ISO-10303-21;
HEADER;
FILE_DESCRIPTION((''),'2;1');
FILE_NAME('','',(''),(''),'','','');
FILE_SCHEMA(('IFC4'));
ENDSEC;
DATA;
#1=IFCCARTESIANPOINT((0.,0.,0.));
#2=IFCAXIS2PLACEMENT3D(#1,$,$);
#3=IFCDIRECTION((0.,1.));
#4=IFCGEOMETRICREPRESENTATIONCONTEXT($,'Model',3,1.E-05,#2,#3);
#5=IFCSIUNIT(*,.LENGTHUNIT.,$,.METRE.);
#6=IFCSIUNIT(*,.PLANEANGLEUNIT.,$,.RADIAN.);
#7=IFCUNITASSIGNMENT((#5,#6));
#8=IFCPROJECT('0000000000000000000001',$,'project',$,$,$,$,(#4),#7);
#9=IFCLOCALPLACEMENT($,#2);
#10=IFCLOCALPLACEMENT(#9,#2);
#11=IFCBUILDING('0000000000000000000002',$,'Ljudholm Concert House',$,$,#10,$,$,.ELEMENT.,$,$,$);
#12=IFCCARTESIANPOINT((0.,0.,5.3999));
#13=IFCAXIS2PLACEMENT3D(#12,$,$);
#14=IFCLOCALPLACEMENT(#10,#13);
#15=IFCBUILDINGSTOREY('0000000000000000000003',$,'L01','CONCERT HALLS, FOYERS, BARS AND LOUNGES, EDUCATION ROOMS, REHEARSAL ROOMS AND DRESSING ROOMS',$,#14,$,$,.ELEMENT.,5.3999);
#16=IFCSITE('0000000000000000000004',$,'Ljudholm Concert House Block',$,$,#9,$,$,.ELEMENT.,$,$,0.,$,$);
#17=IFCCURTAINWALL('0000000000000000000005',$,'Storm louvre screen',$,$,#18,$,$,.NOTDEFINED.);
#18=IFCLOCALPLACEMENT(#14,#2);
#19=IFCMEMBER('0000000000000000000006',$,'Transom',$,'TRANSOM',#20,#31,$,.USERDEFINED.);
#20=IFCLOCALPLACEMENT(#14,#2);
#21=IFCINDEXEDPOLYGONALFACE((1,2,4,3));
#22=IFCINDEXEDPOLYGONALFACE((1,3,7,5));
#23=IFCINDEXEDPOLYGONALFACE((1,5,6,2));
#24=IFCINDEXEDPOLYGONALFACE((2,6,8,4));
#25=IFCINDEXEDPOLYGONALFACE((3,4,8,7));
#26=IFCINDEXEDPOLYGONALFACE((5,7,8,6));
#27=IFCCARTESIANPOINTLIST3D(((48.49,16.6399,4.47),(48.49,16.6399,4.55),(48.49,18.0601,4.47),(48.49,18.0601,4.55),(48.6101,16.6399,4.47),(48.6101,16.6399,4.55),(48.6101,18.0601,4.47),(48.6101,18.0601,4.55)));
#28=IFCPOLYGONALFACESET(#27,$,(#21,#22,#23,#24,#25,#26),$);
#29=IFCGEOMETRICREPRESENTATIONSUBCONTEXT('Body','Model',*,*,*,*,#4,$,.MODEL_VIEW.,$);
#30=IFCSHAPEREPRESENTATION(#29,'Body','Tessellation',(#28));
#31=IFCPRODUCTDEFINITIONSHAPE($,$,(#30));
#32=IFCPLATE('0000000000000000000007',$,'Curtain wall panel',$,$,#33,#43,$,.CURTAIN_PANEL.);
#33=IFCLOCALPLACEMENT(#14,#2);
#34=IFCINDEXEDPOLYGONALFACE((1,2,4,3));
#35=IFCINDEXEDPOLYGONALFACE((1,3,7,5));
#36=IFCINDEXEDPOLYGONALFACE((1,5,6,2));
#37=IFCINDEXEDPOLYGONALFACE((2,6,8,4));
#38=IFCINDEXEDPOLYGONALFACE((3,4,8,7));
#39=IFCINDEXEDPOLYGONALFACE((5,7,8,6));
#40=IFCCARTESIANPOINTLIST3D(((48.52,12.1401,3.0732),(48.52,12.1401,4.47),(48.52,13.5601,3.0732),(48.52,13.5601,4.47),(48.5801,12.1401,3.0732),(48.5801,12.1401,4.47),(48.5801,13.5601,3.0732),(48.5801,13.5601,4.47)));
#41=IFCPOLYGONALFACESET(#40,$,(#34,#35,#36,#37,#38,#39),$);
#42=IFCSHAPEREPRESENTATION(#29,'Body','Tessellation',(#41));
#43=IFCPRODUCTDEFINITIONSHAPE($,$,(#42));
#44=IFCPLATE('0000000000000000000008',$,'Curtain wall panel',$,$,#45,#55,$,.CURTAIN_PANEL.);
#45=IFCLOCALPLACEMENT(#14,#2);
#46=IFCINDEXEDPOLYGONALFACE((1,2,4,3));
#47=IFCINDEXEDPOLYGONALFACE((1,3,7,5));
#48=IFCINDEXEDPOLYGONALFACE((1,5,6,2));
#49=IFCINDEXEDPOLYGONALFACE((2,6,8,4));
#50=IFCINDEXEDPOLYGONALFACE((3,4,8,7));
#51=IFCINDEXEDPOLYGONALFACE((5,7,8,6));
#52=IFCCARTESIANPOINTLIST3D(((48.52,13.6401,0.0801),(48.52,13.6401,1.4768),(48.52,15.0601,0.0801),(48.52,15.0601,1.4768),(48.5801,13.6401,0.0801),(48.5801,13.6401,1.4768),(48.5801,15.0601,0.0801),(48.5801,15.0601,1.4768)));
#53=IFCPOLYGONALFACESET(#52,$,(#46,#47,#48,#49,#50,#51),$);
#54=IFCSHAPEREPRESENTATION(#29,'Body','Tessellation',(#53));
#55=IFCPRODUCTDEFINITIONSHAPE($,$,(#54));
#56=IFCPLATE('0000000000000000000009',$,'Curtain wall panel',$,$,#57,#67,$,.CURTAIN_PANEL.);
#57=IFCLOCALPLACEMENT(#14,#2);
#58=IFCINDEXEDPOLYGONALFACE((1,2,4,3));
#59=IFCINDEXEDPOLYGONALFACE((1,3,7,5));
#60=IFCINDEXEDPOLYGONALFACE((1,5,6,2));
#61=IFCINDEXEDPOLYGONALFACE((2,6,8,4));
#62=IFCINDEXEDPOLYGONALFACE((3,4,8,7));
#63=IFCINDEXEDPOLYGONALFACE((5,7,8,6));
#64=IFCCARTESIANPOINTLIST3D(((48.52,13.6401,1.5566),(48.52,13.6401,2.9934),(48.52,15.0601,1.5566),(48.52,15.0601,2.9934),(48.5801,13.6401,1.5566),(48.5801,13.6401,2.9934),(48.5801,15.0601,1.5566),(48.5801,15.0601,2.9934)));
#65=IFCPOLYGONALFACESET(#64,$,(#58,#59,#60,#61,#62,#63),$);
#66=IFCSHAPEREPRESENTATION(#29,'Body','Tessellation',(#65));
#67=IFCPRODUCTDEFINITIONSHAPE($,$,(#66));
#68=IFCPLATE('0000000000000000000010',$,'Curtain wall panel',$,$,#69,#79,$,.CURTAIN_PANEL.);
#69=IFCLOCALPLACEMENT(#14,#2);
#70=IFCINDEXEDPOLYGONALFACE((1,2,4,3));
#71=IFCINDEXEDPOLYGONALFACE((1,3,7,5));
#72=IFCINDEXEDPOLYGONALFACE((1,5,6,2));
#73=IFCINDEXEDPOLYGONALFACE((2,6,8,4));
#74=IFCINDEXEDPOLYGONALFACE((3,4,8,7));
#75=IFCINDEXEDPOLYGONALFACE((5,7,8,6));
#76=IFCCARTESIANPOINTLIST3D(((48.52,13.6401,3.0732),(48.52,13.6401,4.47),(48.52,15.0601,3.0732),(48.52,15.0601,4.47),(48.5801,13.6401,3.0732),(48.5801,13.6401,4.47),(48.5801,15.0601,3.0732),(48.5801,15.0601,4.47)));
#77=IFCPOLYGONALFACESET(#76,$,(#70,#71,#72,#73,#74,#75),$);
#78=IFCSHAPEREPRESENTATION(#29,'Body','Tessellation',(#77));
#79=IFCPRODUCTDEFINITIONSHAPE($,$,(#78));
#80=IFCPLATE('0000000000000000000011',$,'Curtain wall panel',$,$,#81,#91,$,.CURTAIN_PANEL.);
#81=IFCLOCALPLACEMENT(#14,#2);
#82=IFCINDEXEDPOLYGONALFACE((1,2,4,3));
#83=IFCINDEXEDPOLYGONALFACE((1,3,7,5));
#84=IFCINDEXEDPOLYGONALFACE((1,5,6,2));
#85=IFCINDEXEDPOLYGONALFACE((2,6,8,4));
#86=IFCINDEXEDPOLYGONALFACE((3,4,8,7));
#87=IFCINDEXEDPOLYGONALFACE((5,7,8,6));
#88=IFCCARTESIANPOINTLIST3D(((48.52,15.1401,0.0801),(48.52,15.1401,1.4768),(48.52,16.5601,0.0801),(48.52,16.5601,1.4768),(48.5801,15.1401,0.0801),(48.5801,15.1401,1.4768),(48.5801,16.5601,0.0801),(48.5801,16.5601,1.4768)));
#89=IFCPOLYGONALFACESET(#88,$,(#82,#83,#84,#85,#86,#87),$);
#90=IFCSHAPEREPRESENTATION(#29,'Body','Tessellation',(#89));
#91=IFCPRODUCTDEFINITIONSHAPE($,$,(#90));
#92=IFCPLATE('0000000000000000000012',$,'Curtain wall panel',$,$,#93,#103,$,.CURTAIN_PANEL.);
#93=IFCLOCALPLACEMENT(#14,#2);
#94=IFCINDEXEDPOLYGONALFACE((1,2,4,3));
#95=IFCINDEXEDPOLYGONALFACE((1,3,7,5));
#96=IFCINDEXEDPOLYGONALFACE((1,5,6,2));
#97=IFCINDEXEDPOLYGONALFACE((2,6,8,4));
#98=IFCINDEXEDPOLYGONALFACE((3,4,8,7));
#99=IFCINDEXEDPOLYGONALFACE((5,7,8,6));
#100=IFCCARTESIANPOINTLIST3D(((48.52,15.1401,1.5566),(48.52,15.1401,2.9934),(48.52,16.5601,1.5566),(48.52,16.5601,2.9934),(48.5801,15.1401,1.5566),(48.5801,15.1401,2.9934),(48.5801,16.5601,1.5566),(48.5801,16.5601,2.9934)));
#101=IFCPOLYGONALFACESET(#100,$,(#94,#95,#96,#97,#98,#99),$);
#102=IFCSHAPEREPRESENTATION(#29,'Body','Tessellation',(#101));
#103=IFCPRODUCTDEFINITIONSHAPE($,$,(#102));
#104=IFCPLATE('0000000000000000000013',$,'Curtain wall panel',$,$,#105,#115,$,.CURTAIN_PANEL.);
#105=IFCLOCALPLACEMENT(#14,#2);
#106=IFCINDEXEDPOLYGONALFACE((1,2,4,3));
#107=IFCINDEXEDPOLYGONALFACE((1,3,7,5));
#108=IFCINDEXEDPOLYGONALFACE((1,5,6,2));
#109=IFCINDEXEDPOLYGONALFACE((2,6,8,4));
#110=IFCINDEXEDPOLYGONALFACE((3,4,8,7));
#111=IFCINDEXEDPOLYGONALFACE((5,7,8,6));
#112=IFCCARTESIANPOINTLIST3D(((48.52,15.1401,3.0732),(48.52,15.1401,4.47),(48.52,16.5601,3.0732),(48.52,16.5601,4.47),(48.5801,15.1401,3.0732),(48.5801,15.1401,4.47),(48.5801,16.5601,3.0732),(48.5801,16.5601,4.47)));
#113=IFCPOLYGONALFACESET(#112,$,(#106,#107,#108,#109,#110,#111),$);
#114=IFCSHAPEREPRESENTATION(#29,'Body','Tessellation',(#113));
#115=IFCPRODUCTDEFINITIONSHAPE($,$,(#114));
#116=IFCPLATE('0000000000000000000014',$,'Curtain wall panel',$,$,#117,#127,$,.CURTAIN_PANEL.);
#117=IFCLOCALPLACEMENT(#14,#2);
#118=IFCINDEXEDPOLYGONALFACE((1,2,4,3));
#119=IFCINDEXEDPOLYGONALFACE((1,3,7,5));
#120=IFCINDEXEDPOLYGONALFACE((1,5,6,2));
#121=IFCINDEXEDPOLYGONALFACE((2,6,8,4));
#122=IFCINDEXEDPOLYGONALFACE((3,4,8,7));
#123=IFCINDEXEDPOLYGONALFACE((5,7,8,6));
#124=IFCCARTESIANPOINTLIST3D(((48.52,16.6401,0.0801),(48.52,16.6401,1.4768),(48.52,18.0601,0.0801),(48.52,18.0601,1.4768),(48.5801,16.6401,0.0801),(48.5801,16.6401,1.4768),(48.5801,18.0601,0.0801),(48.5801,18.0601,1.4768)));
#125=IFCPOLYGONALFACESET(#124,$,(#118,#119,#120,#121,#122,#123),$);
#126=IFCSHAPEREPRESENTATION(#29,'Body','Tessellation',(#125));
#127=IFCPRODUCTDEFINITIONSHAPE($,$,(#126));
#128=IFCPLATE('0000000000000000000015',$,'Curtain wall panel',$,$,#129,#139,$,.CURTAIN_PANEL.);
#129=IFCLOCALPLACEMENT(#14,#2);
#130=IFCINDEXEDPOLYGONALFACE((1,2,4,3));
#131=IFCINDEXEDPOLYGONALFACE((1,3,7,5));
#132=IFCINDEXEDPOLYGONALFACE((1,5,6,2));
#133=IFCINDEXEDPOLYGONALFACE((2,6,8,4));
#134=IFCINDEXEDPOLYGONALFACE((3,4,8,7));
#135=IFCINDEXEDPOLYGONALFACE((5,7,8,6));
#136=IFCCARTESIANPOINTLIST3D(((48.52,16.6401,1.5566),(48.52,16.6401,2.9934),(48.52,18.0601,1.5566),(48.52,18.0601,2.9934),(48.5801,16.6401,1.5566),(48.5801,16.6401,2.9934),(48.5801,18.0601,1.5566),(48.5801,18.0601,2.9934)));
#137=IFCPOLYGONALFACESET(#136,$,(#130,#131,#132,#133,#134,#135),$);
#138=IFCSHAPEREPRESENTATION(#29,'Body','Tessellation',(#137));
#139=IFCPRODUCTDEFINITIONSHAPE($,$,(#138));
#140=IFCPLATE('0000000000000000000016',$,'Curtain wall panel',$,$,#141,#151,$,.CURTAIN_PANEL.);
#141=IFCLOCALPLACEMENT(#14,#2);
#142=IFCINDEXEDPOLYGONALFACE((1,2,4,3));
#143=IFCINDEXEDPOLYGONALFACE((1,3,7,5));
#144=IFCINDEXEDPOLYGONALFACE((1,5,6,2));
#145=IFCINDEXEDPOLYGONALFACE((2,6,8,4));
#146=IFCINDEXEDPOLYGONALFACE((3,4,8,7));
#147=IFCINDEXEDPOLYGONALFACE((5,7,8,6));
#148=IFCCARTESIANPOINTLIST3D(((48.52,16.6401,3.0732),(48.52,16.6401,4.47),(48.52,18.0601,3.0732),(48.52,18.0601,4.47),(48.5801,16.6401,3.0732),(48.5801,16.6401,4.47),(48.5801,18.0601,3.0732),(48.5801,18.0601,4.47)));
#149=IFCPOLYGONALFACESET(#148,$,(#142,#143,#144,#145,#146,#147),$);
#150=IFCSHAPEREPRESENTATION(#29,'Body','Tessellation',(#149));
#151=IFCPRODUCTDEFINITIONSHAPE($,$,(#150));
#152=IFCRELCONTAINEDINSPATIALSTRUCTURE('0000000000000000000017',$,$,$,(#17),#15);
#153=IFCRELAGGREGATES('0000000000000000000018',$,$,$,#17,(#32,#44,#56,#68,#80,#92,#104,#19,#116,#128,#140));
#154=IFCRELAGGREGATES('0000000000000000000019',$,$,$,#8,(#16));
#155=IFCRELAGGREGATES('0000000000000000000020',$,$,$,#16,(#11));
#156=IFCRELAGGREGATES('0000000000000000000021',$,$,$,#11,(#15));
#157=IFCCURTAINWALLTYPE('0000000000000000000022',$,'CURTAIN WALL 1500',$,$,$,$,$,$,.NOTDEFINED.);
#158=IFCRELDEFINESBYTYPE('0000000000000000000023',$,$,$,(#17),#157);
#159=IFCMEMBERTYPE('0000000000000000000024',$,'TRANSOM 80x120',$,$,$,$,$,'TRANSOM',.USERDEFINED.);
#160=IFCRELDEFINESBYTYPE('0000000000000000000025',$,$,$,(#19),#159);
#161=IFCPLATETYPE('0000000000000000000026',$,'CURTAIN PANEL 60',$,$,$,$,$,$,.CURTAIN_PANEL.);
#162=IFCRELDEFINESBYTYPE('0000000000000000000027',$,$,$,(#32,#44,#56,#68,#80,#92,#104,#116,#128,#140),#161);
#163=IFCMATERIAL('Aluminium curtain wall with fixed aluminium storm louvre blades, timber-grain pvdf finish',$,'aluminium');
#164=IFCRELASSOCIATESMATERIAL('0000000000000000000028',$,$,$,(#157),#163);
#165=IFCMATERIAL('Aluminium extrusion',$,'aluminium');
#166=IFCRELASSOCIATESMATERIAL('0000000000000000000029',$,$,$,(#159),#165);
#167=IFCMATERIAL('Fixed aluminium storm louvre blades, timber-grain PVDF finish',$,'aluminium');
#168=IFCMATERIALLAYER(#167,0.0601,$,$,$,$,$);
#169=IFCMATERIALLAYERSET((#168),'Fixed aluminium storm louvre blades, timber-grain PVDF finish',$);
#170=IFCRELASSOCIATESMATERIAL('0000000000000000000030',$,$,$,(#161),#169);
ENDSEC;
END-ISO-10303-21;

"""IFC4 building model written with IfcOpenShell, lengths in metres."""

from ifc_helpers import new_model, si_unit, direction, frame, origin, origin_2d, place, context, subcontext, project, spatial, rectangle, extrude, material, layer, layer_set, material_profile, profile_set, type_object, element, aggregate, save


model = new_model("IFC4")

# Units and contexts
model_context = context("Model", 3, precision=1e-05, world=origin(), true_north=direction((0.0, 1.0)))
body_context = subcontext(model_context, "Body", "Model", "MODEL_VIEW")
ifc_project = project(units=[si_unit("LENGTHUNIT", "METRE"), si_unit("PLANEANGLEUNIT", "RADIAN")], contexts=[model_context])

# Site, building, storey
site_placement = place(None, origin())
site = spatial("IfcSite", under=ifc_project, at=site_placement, Name="Ljudholm Concert House Block", CompositionType="ELEMENT", RefElevation=0.0)
building_placement = place(site_placement, origin())
building = spatial("IfcBuilding", under=site, at=building_placement, Name="Ljudholm Concert House", CompositionType="ELEMENT")
storey_placement = place(building_placement, frame((0.0, 0.0, 5.3999)))
storey = spatial("IfcBuildingStorey", under=building, at=storey_placement, Name="L01", Description="CONCERT HALLS, FOYERS, BARS AND LOUNGES, EDUCATION ROOMS, REHEARSAL ROOMS AND DRESSING ROOMS", CompositionType="ELEMENT", Elevation=5.3999)

# Curtain wall, member, plates
ifc_material_1 = material(Name="Aluminium curtain wall with fixed aluminium storm louvre blades, timber-grain pvdf finish", Category="aluminium")
curtain_wall_type = type_object("IfcCurtainWallType", Name="CURTAIN WALL 1500", PredefinedType="NOTDEFINED", material=ifc_material_1)
curtain_wall_placement = place(storey_placement, origin())
curtain_wall = element("IfcCurtainWall", 1, at=curtain_wall_placement, inside=storey, type_object=curtain_wall_type, Name="Storm louvre screen", PredefinedType="NOTDEFINED")
ifc_material_2 = material(Name="Aluminium extrusion", Category="aluminium")
ifc_material_profile_1 = material_profile(ifc_material_2, rectangle(XDim=0.1201, YDim=0.0801, at=origin_2d()), Name="TRANSOM 80x120")
ifc_profile_set_1 = profile_set([ifc_material_profile_1], Name="Aluminium extrusion")
member_type_1 = type_object("IfcMemberType", Name="TRANSOM 80x120", ElementType="TRANSOM", PredefinedType="USERDEFINED", material=ifc_profile_set_1)
member_1_placement = place(storey_placement, frame((48.55, 16.6399, 4.51), z_axis=(0.0, 1.0, 0.0), x_axis=(-1.0, 0.0, 0.0)))
member_1 = element("IfcMember", 2, at=member_1_placement, type_object=member_type_1, Name="Transom", ObjectType="TRANSOM", PredefinedType="USERDEFINED", context=body_context, shape_type="SweptSolid", body=[
    extrude(rectangle(XDim=0.1201, YDim=0.0801, at=origin_2d()), origin(), (0.0, 0.0, 1.0), 1.4202),
])
ifc_material_3 = material(Name="Fixed aluminium storm louvre blades, timber-grain PVDF finish", Category="aluminium")
ifc_layer = layer(ifc_material_3, 0.0601)
ifc_layer_set = layer_set([ifc_layer], Name="Fixed aluminium storm louvre blades, timber-grain PVDF finish")
plate_type = type_object("IfcPlateType", Name="CURTAIN PANEL 60", PredefinedType="CURTAIN_PANEL", material=ifc_layer_set)
plate_1_placement = place(storey_placement, frame((48.55, 12.8501, 3.0732), z_axis=(0.0, 0.0, 1.0), x_axis=(0.0, 1.0, 0.0)))
plate_1 = element("IfcPlate", 3, at=plate_1_placement, type_object=plate_type, Name="Curtain wall panel", PredefinedType="CURTAIN_PANEL", context=body_context, shape_type="SweptSolid", body=[
    extrude(rectangle(XDim=1.4199, YDim=0.0601, at=origin_2d()), origin(), (0.0, 0.0, 1.0), 1.3967),
])
plate_2_placement = place(storey_placement, frame((48.55, 14.3501, 0.0801), z_axis=(0.0, 0.0, 1.0), x_axis=(0.0, 1.0, 0.0)))
plate_2 = element("IfcPlate", 4, at=plate_2_placement, type_object=plate_type, Name="Curtain wall panel", PredefinedType="CURTAIN_PANEL", context=body_context, shape_type="SweptSolid", body=[
    extrude(rectangle(XDim=1.4199, YDim=0.0601, at=origin_2d()), origin(), (0.0, 0.0, 1.0), 1.3967),
])
plate_3_placement = place(storey_placement, frame((48.55, 14.3501, 1.5566), z_axis=(0.0, 0.0, 1.0), x_axis=(0.0, 1.0, 0.0)))
plate_3 = element("IfcPlate", 5, at=plate_3_placement, type_object=plate_type, Name="Curtain wall panel", PredefinedType="CURTAIN_PANEL", context=body_context, shape_type="SweptSolid", body=[
    extrude(rectangle(XDim=1.4199, YDim=0.0601, at=origin_2d()), origin(), (0.0, 0.0, 1.0), 1.4368),
])
plate_4_placement = place(storey_placement, frame((48.55, 14.3501, 3.0732), z_axis=(0.0, 0.0, 1.0), x_axis=(0.0, 1.0, 0.0)))
plate_4 = element("IfcPlate", 6, at=plate_4_placement, type_object=plate_type, Name="Curtain wall panel", PredefinedType="CURTAIN_PANEL", context=body_context, shape_type="SweptSolid", body=[
    extrude(rectangle(XDim=1.4199, YDim=0.0601, at=origin_2d()), origin(), (0.0, 0.0, 1.0), 1.3967),
])
plate_5_placement = place(storey_placement, frame((48.55, 15.8501, 0.0801), z_axis=(0.0, 0.0, 1.0), x_axis=(0.0, 1.0, 0.0)))
plate_5 = element("IfcPlate", 7, at=plate_5_placement, type_object=plate_type, Name="Curtain wall panel", PredefinedType="CURTAIN_PANEL", context=body_context, shape_type="SweptSolid", body=[
    extrude(rectangle(XDim=1.4199, YDim=0.0601, at=origin_2d()), origin(), (0.0, 0.0, 1.0), 1.3967),
])
plate_6_placement = place(storey_placement, frame((48.55, 15.8501, 1.5566), z_axis=(0.0, 0.0, 1.0), x_axis=(0.0, 1.0, 0.0)))
plate_6 = element("IfcPlate", 8, at=plate_6_placement, type_object=plate_type, Name="Curtain wall panel", PredefinedType="CURTAIN_PANEL", context=body_context, shape_type="SweptSolid", body=[
    extrude(rectangle(XDim=1.4199, YDim=0.0601, at=origin_2d()), origin(), (0.0, 0.0, 1.0), 1.4368),
])
plate_7_placement = place(storey_placement, frame((48.55, 15.8501, 3.0732), z_axis=(0.0, 0.0, 1.0), x_axis=(0.0, 1.0, 0.0)))
plate_7 = element("IfcPlate", 9, at=plate_7_placement, type_object=plate_type, Name="Curtain wall panel", PredefinedType="CURTAIN_PANEL", context=body_context, shape_type="SweptSolid", body=[
    extrude(rectangle(XDim=1.4199, YDim=0.0601, at=origin_2d()), origin(), (0.0, 0.0, 1.0), 1.3967),
])
plate_8_placement = place(storey_placement, frame((48.55, 17.3501, 0.0801), z_axis=(0.0, 0.0, 1.0), x_axis=(0.0, 1.0, 0.0)))
plate_8 = element("IfcPlate", 10, at=plate_8_placement, type_object=plate_type, Name="Curtain wall panel", PredefinedType="CURTAIN_PANEL", context=body_context, shape_type="SweptSolid", body=[
    extrude(rectangle(XDim=1.4199, YDim=0.0601, at=origin_2d()), origin(), (0.0, 0.0, 1.0), 1.3967),
])
plate_9_placement = place(storey_placement, frame((48.55, 17.3501, 1.5566), z_axis=(0.0, 0.0, 1.0), x_axis=(0.0, 1.0, 0.0)))
plate_9 = element("IfcPlate", 11, at=plate_9_placement, type_object=plate_type, Name="Curtain wall panel", PredefinedType="CURTAIN_PANEL", context=body_context, shape_type="SweptSolid", body=[
    extrude(rectangle(XDim=1.4199, YDim=0.0601, at=origin_2d()), origin(), (0.0, 0.0, 1.0), 1.4368),
])
plate_10_placement = place(storey_placement, frame((48.55, 17.3501, 3.0732), z_axis=(0.0, 0.0, 1.0), x_axis=(0.0, 1.0, 0.0)))
plate_10 = element("IfcPlate", 12, at=plate_10_placement, type_object=plate_type, Name="Curtain wall panel", PredefinedType="CURTAIN_PANEL", context=body_context, shape_type="SweptSolid", body=[
    extrude(rectangle(XDim=1.4199, YDim=0.0601, at=origin_2d()), origin(), (0.0, 0.0, 1.0), 1.3967),
])
aggregate(curtain_wall, [plate_1, plate_2, plate_3, plate_4, plate_5, plate_6, plate_7, member_1, plate_8, plate_9, plate_10])

save(model, "model.ifc")
